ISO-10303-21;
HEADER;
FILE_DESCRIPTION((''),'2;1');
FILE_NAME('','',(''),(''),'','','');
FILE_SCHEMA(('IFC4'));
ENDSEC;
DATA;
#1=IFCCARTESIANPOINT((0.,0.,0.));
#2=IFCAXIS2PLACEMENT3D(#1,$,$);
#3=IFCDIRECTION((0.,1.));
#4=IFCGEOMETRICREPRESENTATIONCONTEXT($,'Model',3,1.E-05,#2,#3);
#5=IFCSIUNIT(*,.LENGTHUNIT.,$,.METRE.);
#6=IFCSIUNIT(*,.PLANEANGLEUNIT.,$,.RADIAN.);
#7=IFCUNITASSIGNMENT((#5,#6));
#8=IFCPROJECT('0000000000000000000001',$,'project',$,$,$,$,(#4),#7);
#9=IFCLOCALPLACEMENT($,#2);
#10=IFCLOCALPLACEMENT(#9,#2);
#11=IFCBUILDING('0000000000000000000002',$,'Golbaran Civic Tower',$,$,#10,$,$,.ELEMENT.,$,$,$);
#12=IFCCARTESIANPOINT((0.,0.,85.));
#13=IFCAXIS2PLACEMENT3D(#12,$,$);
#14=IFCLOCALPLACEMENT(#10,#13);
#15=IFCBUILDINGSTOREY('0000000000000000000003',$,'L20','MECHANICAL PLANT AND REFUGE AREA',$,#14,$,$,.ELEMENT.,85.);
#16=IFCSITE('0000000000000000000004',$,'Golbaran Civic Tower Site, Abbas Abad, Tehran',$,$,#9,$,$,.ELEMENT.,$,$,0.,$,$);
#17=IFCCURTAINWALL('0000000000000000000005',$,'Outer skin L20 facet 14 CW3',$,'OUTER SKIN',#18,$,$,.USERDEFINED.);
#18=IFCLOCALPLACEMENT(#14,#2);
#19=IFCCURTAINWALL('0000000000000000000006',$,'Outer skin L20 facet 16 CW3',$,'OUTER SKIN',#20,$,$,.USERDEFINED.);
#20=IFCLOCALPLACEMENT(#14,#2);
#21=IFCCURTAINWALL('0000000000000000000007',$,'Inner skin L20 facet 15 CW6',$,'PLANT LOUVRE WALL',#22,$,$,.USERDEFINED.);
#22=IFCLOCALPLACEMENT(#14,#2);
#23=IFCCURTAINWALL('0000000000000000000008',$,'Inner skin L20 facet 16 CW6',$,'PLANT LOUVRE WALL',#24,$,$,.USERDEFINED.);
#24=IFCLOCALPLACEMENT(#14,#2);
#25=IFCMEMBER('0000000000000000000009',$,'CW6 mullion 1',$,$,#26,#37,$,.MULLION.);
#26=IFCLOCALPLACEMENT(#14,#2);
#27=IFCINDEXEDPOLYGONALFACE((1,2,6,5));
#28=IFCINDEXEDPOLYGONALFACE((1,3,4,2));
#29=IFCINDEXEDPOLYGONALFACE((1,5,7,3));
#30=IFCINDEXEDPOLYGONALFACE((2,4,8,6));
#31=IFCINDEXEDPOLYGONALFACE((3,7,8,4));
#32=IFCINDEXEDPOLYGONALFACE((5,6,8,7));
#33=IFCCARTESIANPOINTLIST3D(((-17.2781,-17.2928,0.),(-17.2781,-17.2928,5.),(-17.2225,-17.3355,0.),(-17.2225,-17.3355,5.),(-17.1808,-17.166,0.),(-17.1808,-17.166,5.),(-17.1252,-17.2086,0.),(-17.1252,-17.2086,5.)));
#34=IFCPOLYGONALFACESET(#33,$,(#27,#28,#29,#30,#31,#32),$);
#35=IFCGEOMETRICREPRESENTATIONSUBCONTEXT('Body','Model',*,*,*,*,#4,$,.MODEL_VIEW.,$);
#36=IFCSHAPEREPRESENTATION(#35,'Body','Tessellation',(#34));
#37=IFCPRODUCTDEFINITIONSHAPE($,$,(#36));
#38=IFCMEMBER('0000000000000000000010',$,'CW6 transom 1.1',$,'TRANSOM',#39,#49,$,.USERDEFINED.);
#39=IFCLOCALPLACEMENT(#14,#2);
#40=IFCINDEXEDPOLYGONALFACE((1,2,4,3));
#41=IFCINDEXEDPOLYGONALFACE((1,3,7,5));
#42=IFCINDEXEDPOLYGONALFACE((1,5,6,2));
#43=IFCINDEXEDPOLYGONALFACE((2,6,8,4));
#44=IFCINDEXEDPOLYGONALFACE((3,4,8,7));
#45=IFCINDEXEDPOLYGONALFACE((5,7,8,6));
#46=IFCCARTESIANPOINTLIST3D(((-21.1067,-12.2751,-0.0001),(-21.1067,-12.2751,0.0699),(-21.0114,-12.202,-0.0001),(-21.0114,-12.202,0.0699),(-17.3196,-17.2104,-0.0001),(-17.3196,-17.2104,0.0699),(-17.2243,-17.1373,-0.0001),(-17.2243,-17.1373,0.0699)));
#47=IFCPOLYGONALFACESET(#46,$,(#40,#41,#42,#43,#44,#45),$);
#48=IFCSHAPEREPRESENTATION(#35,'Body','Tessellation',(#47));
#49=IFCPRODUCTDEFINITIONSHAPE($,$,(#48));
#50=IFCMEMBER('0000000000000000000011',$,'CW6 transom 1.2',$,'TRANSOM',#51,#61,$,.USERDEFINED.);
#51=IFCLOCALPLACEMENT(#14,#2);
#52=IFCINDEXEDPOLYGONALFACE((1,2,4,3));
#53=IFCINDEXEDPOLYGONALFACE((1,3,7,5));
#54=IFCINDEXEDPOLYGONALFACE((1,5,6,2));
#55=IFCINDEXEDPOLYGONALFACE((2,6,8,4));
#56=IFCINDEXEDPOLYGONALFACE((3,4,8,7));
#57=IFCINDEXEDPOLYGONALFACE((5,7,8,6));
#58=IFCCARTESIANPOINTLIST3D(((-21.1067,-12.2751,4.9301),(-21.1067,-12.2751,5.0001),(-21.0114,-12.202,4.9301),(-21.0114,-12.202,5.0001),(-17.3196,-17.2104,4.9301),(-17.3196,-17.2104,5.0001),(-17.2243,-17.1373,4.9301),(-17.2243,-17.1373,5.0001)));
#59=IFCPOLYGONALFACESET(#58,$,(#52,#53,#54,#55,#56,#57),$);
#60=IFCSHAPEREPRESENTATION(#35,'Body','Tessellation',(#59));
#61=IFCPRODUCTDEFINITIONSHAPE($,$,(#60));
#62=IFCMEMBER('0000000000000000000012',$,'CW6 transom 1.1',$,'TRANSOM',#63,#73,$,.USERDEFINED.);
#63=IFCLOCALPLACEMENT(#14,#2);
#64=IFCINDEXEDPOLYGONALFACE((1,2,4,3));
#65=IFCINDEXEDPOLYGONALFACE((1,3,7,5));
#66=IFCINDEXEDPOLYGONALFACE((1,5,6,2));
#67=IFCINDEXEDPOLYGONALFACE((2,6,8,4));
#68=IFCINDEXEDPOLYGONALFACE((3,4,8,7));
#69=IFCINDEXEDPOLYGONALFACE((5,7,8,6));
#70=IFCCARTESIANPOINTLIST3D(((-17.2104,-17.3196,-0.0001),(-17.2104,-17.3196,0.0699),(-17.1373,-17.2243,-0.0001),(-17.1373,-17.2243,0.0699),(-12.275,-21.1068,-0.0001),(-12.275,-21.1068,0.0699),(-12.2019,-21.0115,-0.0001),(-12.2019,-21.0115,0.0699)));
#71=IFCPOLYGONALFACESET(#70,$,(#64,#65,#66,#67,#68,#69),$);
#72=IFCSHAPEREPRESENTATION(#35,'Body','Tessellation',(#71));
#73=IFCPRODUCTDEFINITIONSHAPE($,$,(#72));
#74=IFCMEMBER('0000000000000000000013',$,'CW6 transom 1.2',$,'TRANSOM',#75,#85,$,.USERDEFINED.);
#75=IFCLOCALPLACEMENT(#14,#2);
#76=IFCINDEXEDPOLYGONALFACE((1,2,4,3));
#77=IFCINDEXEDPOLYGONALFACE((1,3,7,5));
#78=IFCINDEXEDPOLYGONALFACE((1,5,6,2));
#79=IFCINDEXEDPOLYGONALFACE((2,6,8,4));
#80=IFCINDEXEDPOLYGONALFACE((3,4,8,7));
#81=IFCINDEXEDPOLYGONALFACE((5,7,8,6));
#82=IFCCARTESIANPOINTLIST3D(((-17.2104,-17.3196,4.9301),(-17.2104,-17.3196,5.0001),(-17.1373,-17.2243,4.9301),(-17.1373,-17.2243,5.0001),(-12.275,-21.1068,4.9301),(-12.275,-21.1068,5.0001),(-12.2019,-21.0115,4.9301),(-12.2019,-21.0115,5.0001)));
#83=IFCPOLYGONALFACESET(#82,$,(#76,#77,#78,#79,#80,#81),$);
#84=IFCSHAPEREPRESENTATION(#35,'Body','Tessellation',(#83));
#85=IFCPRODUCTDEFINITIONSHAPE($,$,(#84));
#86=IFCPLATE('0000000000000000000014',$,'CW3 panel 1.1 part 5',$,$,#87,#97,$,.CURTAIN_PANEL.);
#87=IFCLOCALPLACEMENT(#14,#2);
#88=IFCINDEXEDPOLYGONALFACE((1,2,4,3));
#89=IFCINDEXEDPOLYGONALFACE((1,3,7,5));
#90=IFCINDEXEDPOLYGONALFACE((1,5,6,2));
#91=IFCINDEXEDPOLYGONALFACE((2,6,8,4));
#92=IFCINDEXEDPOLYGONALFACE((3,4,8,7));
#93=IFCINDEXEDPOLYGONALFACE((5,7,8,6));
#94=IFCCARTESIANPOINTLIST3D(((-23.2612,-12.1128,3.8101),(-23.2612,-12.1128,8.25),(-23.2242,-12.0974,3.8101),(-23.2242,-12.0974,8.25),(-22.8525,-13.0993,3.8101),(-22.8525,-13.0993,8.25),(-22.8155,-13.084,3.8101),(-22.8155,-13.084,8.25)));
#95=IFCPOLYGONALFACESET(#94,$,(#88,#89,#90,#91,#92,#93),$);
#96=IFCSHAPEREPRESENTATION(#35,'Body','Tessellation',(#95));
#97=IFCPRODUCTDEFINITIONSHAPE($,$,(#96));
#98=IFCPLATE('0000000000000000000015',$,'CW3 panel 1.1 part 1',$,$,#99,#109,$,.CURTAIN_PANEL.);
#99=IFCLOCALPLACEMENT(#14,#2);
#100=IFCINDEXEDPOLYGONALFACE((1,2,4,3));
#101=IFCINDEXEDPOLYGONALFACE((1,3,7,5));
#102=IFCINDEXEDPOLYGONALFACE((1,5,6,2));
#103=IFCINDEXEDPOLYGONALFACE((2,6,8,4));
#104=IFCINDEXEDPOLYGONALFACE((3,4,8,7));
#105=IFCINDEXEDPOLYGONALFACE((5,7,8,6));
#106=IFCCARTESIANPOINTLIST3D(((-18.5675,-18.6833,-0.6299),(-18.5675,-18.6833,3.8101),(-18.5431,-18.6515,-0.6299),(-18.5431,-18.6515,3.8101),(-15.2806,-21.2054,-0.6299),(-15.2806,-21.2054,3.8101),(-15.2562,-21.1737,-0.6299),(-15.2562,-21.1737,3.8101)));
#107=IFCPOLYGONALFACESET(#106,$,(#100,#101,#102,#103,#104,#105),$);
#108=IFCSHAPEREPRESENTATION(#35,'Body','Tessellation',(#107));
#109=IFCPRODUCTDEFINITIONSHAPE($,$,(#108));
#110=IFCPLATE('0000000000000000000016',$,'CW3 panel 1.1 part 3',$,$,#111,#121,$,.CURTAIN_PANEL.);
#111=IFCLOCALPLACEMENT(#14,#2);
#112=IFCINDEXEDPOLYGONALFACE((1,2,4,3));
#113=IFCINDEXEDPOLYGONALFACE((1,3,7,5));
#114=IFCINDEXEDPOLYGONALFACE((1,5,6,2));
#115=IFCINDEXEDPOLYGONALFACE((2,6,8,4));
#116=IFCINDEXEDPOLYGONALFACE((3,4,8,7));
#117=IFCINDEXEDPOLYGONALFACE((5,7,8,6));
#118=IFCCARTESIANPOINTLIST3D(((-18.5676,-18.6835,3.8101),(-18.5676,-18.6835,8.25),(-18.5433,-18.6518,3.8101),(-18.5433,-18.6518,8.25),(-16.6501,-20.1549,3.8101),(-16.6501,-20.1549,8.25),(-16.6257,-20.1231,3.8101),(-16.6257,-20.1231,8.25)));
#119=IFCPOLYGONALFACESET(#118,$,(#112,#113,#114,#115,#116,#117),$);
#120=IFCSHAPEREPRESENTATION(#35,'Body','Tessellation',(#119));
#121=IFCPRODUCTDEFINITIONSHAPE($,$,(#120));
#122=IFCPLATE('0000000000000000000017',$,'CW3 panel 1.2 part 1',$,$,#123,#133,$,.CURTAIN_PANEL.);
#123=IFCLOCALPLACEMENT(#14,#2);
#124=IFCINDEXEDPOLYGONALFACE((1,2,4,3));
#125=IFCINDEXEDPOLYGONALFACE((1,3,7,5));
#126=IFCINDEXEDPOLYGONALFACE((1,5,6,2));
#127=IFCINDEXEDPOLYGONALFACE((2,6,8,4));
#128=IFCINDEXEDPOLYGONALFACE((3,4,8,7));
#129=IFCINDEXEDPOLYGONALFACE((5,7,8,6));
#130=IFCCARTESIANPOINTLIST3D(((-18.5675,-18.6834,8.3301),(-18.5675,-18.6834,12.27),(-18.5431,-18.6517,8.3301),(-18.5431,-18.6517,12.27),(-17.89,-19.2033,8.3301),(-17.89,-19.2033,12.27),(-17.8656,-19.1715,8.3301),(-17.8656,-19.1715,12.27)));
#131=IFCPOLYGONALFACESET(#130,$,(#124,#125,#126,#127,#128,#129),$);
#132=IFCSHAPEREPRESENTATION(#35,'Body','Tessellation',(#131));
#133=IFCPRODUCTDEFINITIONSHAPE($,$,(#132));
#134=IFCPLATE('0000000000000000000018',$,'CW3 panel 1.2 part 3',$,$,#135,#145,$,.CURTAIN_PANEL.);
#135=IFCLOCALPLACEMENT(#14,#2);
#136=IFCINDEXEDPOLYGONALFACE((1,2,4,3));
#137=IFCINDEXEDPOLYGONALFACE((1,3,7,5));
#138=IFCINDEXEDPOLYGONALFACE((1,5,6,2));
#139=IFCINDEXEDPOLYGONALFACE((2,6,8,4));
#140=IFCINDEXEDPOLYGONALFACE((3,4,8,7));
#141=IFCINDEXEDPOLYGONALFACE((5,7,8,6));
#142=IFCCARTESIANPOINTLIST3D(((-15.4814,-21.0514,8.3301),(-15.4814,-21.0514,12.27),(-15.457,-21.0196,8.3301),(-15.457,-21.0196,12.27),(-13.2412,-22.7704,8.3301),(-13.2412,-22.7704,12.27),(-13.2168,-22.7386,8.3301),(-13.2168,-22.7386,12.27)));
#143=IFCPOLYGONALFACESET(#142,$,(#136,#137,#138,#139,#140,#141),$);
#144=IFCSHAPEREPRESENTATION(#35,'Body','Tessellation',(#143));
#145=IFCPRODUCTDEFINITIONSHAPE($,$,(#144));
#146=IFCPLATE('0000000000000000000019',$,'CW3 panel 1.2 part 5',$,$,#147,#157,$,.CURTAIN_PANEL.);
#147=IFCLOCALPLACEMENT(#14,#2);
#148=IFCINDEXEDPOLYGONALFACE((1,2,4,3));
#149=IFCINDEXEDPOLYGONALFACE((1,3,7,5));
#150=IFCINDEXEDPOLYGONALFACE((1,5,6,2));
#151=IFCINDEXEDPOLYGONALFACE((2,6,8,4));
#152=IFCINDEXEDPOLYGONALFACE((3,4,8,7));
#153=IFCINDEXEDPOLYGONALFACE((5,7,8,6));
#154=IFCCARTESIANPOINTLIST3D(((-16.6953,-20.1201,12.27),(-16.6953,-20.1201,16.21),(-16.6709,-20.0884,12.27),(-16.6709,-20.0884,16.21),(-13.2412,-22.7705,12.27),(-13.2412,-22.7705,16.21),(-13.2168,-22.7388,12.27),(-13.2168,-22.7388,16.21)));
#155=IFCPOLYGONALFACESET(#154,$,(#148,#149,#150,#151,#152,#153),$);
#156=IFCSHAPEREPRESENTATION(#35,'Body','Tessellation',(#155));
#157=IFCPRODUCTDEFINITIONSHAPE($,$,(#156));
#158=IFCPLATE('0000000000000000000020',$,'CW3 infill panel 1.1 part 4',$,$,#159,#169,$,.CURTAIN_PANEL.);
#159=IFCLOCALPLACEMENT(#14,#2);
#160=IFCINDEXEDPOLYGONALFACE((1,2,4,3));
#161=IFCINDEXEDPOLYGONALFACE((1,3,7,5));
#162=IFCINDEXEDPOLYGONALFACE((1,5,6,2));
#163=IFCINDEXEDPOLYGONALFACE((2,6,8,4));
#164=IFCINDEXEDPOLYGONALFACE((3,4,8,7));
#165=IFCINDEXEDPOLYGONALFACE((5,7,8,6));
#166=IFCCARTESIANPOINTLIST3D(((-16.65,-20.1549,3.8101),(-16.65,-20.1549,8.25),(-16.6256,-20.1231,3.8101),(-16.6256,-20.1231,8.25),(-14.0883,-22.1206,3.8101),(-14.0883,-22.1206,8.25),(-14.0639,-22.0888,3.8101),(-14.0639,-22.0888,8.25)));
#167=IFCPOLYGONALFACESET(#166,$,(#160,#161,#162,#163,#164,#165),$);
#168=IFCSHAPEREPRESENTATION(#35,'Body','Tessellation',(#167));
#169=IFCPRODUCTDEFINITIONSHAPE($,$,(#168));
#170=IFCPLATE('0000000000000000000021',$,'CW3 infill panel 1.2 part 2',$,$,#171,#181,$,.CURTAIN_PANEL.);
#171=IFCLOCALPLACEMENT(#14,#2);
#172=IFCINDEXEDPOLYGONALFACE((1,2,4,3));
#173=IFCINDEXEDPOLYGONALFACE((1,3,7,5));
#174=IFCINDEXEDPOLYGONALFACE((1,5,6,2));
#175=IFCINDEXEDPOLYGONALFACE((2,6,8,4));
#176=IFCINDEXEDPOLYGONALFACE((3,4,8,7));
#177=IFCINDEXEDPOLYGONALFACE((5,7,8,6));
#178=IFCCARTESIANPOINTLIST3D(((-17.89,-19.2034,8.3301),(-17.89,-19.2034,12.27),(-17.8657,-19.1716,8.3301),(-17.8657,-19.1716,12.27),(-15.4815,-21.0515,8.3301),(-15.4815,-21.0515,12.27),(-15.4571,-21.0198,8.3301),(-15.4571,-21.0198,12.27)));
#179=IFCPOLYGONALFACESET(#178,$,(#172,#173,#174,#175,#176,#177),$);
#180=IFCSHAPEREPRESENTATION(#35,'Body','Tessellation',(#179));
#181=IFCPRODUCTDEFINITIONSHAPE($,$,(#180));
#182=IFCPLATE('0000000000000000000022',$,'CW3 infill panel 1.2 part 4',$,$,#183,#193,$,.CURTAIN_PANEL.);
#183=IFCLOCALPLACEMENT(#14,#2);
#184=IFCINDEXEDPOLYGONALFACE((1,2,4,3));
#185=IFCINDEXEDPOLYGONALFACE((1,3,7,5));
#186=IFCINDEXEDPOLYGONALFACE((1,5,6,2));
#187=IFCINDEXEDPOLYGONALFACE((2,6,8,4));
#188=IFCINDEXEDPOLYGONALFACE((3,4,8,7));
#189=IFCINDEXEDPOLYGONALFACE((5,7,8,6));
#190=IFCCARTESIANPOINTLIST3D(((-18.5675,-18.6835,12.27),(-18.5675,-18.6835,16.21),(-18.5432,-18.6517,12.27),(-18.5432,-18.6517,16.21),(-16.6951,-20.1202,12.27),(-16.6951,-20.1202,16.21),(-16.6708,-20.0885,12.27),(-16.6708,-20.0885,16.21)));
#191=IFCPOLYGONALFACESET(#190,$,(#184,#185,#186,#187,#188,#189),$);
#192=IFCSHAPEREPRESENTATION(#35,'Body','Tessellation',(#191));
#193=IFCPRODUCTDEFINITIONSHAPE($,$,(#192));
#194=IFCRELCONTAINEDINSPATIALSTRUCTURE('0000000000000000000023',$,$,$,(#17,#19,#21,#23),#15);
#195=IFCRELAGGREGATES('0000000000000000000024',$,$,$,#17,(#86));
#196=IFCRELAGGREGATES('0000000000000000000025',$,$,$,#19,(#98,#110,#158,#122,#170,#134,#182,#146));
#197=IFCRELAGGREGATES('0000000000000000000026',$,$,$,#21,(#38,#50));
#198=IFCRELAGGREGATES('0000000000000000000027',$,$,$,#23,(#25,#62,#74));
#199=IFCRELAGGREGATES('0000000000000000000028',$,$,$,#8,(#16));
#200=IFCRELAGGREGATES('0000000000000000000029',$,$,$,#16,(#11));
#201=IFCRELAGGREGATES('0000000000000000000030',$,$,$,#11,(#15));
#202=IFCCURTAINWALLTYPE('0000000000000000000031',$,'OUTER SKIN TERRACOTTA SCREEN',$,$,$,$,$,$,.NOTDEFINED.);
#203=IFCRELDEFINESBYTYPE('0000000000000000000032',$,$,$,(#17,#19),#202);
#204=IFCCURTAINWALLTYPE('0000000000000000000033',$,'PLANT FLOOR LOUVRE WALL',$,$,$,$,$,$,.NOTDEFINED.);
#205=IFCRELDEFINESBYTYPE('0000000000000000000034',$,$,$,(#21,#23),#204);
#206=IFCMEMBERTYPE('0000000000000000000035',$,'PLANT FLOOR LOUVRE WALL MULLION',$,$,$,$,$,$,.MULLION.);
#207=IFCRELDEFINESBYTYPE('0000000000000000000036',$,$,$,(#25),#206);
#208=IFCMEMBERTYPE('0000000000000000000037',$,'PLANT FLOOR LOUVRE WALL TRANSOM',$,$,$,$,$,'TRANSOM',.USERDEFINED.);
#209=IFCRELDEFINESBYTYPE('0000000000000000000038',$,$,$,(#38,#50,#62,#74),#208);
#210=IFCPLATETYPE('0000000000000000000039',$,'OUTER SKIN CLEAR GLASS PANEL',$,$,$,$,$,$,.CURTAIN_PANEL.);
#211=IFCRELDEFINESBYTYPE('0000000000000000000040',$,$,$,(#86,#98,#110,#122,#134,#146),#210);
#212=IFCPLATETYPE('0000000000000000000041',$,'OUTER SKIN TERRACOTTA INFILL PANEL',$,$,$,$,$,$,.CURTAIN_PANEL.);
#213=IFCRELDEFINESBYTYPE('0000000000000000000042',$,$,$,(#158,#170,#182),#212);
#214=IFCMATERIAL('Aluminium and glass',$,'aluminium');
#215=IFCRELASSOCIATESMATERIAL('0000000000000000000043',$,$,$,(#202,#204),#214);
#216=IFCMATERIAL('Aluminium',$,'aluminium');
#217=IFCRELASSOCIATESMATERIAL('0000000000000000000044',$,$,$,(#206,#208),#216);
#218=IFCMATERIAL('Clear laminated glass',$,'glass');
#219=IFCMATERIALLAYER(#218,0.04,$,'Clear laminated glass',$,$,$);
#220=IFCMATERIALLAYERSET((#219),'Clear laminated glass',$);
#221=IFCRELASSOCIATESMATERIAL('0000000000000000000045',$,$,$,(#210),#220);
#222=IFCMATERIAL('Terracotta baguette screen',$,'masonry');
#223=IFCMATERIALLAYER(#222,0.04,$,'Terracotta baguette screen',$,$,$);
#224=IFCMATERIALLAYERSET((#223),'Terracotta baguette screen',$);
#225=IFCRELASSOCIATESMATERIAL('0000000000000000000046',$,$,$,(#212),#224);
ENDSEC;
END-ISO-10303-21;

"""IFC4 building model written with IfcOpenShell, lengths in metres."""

from ifc_helpers import new_model, si_unit, direction, frame, origin, origin_2d, place, context, subcontext, project, spatial, rectangle, extrude, material, layer, layer_set, material_profile, profile_set, type_object, element, aggregate, save


model = new_model("IFC4")

# Units and contexts
model_context = context("Model", 3, precision=1e-05, world=origin(), true_north=direction((0.0, 1.0)))
body_context = subcontext(model_context, "Body", "Model", "MODEL_VIEW")
ifc_project = project(units=[si_unit("LENGTHUNIT", "METRE"), si_unit("PLANEANGLEUNIT", "RADIAN")], contexts=[model_context])

# Site, building, storey
site_placement = place(None, origin())
site = spatial("IfcSite", under=ifc_project, at=site_placement, Name="Golbaran Civic Tower Site, Abbas Abad, Tehran", CompositionType="ELEMENT", RefElevation=0.0)
building_placement = place(site_placement, origin())
building = spatial("IfcBuilding", under=site, at=building_placement, Name="Golbaran Civic Tower", CompositionType="ELEMENT")
storey_placement = place(building_placement, frame((0.0, 0.0, 85.0)))
storey = spatial("IfcBuildingStorey", under=building, at=storey_placement, Name="L20", Description="MECHANICAL PLANT AND REFUGE AREA", CompositionType="ELEMENT", Elevation=85.0)

# Curtain wall
ifc_material_1 = material(Name="Aluminium and glass", Category="aluminium")
curtain_wall_type_1 = type_object("IfcCurtainWallType", Name="OUTER SKIN TERRACOTTA SCREEN", PredefinedType="NOTDEFINED", material=ifc_material_1)
curtain_wall_1_placement = place(storey_placement, origin())
curtain_wall_1 = element("IfcCurtainWall", 1, at=curtain_wall_1_placement, inside=storey, type_object=curtain_wall_type_1, Name="Outer skin L20 facet 14 CW3", ObjectType="OUTER SKIN", PredefinedType="USERDEFINED")
ifc_material_2 = material(Name="Aluminium", Category="aluminium")

# Curtain wall
curtain_wall_2_placement = place(storey_placement, origin())
curtain_wall_2 = element("IfcCurtainWall", 2, at=curtain_wall_2_placement, inside=storey, type_object=curtain_wall_type_1, Name="Outer skin L20 facet 16 CW3", ObjectType="OUTER SKIN", PredefinedType="USERDEFINED")

# Shared definitions
curtain_wall_type_2 = type_object("IfcCurtainWallType", Name="PLANT FLOOR LOUVRE WALL", PredefinedType="NOTDEFINED", material=ifc_material_1)
ifc_material_profile_1 = material_profile(ifc_material_2, rectangle(XDim=0.1599, YDim=0.0701, at=origin_2d()), Name="PLANT FLOOR LOUVRE WALL MULLION")
ifc_profile_set_1 = profile_set([ifc_material_profile_1], Name="Aluminium")
member_type_1 = type_object("IfcMemberType", Name="PLANT FLOOR LOUVRE WALL MULLION", PredefinedType="MULLION", material=ifc_profile_set_1)

# Curtain wall
curtain_wall_3_placement = place(storey_placement, origin())
curtain_wall_3 = element("IfcCurtainWall", 3, at=curtain_wall_3_placement, inside=storey, type_object=curtain_wall_type_2, Name="Inner skin L20 facet 15 CW6", ObjectType="PLANT LOUVRE WALL", PredefinedType="USERDEFINED")

# Curtain wall, member
curtain_wall_4_placement = place(storey_placement, origin())
curtain_wall_4 = element("IfcCurtainWall", 4, at=curtain_wall_4_placement, inside=storey, type_object=curtain_wall_type_2, Name="Inner skin L20 facet 16 CW6", ObjectType="PLANT LOUVRE WALL", PredefinedType="USERDEFINED")
member_1_placement = place(storey_placement, frame((-17.2017, -17.2507, 0.0), z_axis=(0.0, 0.0, 1.0), x_axis=(0.608761, 0.793353, 0.0)))
member_1 = element("IfcMember", 5, at=member_1_placement, type_object=member_type_1, Name="CW6 mullion 1", PredefinedType="MULLION", context=body_context, shape_type="SweptSolid", body=[
    extrude(rectangle(XDim=0.1599, YDim=0.0701, at=origin_2d()), origin(), (0.0, 0.0, 1.0), 5.0),
])

# Members
ifc_material_profile_2 = material_profile(ifc_material_2, rectangle(XDim=0.1201, YDim=0.0701, at=origin_2d()), Name="PLANT FLOOR LOUVRE WALL TRANSOM")
ifc_profile_set_2 = profile_set([ifc_material_profile_2], Name="Aluminium")
member_type_2 = type_object("IfcMemberType", Name="PLANT FLOOR LOUVRE WALL TRANSOM", ElementType="TRANSOM", PredefinedType="USERDEFINED", material=ifc_profile_set_2)
member_2_placement = place(storey_placement, frame((-21.0591, -12.2385, 0.0349), z_axis=(0.608773, -0.793344, 0.0), x_axis=(0.793344, 0.608773, 0.0)))
member_2 = element("IfcMember", 6, at=member_2_placement, type_object=member_type_2, Name="CW6 transom 1.1", ObjectType="TRANSOM", PredefinedType="USERDEFINED", context=body_context, shape_type="SweptSolid", body=[
    extrude(rectangle(XDim=0.1201, YDim=0.0701, at=origin_2d()), origin(), (0.0, 0.0, 1.0), 6.2209),
])
member_3_placement = place(storey_placement, frame((-21.0591, -12.2385, 4.9651), z_axis=(0.608773, -0.793344, 0.0), x_axis=(0.793344, 0.608773, 0.0)))
member_3 = element("IfcMember", 7, at=member_3_placement, type_object=member_type_2, Name="CW6 transom 1.2", ObjectType="TRANSOM", PredefinedType="USERDEFINED", context=body_context, shape_type="SweptSolid", body=[
    extrude(rectangle(XDim=0.1201, YDim=0.0701, at=origin_2d()), origin(), (0.0, 0.0, 1.0), 6.2209),
])
member_4_placement = place(storey_placement, frame((-17.1738, -17.272, 0.0349), z_axis=(0.793344, -0.608773, 0.0), x_axis=(0.608773, 0.793344, 0.0)))
member_4 = element("IfcMember", 8, at=member_4_placement, type_object=member_type_2, Name="CW6 transom 1.1", ObjectType="TRANSOM", PredefinedType="USERDEFINED", context=body_context, shape_type="SweptSolid", body=[
    extrude(rectangle(XDim=0.1201, YDim=0.0701, at=origin_2d()), origin(), (0.0, 0.0, 1.0), 6.2209),
])
member_5_placement = place(storey_placement, frame((-17.1738, -17.272, 4.9651), z_axis=(0.793344, -0.608773, 0.0), x_axis=(0.608773, 0.793344, 0.0)))
member_5 = element("IfcMember", 9, at=member_5_placement, type_object=member_type_2, Name="CW6 transom 1.2", ObjectType="TRANSOM", PredefinedType="USERDEFINED", context=body_context, shape_type="SweptSolid", body=[
    extrude(rectangle(XDim=0.1201, YDim=0.0701, at=origin_2d()), origin(), (0.0, 0.0, 1.0), 6.2209),
])

# Plates
ifc_material_3 = material(Name="Clear laminated glass", Category="glass")
ifc_layer_1 = layer(ifc_material_3, 0.04, Name="Clear laminated glass")
ifc_layer_set_1 = layer_set([ifc_layer_1], Name="Clear laminated glass")
plate_type_1 = type_object("IfcPlateType", Name="OUTER SKIN CLEAR GLASS PANEL", PredefinedType="CURTAIN_PANEL", material=ifc_layer_set_1)
plate_1_placement = place(storey_placement, frame((-23.0383, -12.5984, 3.8101), z_axis=(0.0, 0.0, 1.0), x_axis=(0.382683, -0.92388, 0.0)))
plate_1 = element("IfcPlate", 10, at=plate_1_placement, type_object=plate_type_1, Name="CW3 panel 1.1 part 5", PredefinedType="CURTAIN_PANEL", context=body_context, shape_type="SweptSolid", body=[
    extrude(rectangle(XDim=1.0679, YDim=0.04, at=origin_2d()), origin(), (0.0, 0.0, 1.0), 4.4399),
])
aggregate(curtain_wall_1, [plate_1])
plate_2_placement = place(storey_placement, frame((-16.9119, -19.9285, -0.6299), z_axis=(0.0, 0.0, 1.0), x_axis=(0.793353, -0.608761, 0.0)))
plate_2 = element("IfcPlate", 11, at=plate_2_placement, type_object=plate_type_1, Name="CW3 panel 1.1 part 1", PredefinedType="CURTAIN_PANEL", context=body_context, shape_type="SweptSolid", body=[
    extrude(rectangle(XDim=4.1431, YDim=0.04, at=origin_2d()), origin(), (0.0, 0.0, 1.0), 4.4399),
])
plate_3_placement = place(storey_placement, frame((-17.5967, -19.4033, 3.8101), z_axis=(0.0, 0.0, 1.0), x_axis=(0.793353, -0.608761, 0.0)))
plate_3 = element("IfcPlate", 12, at=plate_3_placement, type_object=plate_type_1, Name="CW3 panel 1.1 part 3", PredefinedType="CURTAIN_PANEL", context=body_context, shape_type="SweptSolid", body=[
    extrude(rectangle(XDim=2.417, YDim=0.04, at=origin_2d()), origin(), (0.0, 0.0, 1.0), 4.4399),
])
plate_4_placement = place(storey_placement, frame((-18.2166, -18.9275, 8.3301), z_axis=(0.0, 0.0, 1.0), x_axis=(0.793353, -0.608761, 0.0)))
plate_4 = element("IfcPlate", 13, at=plate_4_placement, type_object=plate_type_1, Name="CW3 panel 1.2 part 1", PredefinedType="CURTAIN_PANEL", context=body_context, shape_type="SweptSolid", body=[
    extrude(rectangle(XDim=0.854, YDim=0.04, at=origin_2d()), origin(), (0.0, 0.0, 1.0), 3.9399),
])
plate_5_placement = place(storey_placement, frame((-14.3491, -21.895, 8.3301), z_axis=(0.0, 0.0, 1.0), x_axis=(0.793353, -0.608761, 0.0)))
plate_5 = element("IfcPlate", 14, at=plate_5_placement, type_object=plate_type_1, Name="CW3 panel 1.2 part 3", PredefinedType="CURTAIN_PANEL", context=body_context, shape_type="SweptSolid", body=[
    extrude(rectangle(XDim=2.8237, YDim=0.04, at=origin_2d()), origin(), (0.0, 0.0, 1.0), 3.9399),
])
plate_6_placement = place(storey_placement, frame((-14.9561, -21.4294, 12.27), z_axis=(0.0, 0.0, 1.0), x_axis=(0.793353, -0.608761, 0.0)))
plate_6 = element("IfcPlate", 15, at=plate_6_placement, type_object=plate_type_1, Name="CW3 panel 1.2 part 5", PredefinedType="CURTAIN_PANEL", context=body_context, shape_type="SweptSolid", body=[
    extrude(rectangle(XDim=4.3538, YDim=0.04, at=origin_2d()), origin(), (0.0, 0.0, 1.0), 3.9399),
])
ifc_material_4 = material(Name="Terracotta baguette screen", Category="masonry")
ifc_layer_2 = layer(ifc_material_4, 0.04, Name="Terracotta baguette screen")
ifc_layer_set_2 = layer_set([ifc_layer_2], Name="Terracotta baguette screen")
plate_type_2 = type_object("IfcPlateType", Name="OUTER SKIN TERRACOTTA INFILL PANEL", PredefinedType="CURTAIN_PANEL", material=ifc_layer_set_2)
plate_7_placement = place(storey_placement, frame((-15.3569, -21.1218, 3.8101), z_axis=(0.0, 0.0, 1.0), x_axis=(0.793353, -0.608761, 0.0)))
plate_7 = element("IfcPlate", 16, at=plate_7_placement, type_object=plate_type_2, Name="CW3 infill panel 1.1 part 4", PredefinedType="CURTAIN_PANEL", context=body_context, shape_type="SweptSolid", body=[
    extrude(rectangle(XDim=3.229, YDim=0.04, at=origin_2d()), origin(), (0.0, 0.0, 1.0), 4.4399),
])
plate_8_placement = place(storey_placement, frame((-16.6736, -20.1116, 8.3301), z_axis=(0.0, 0.0, 1.0), x_axis=(0.793353, -0.608761, 0.0)))
plate_8 = element("IfcPlate", 17, at=plate_8_placement, type_object=plate_type_2, Name="CW3 infill panel 1.2 part 2", PredefinedType="CURTAIN_PANEL", context=body_context, shape_type="SweptSolid", body=[
    extrude(rectangle(XDim=3.0359, YDim=0.04, at=origin_2d()), origin(), (0.0, 0.0, 1.0), 3.9399),
])
plate_9_placement = place(storey_placement, frame((-17.6191, -19.386, 12.27), z_axis=(0.0, 0.0, 1.0), x_axis=(0.793353, -0.608761, 0.0)))
plate_9 = element("IfcPlate", 18, at=plate_9_placement, type_object=plate_type_2, Name="CW3 infill panel 1.2 part 4", PredefinedType="CURTAIN_PANEL", context=body_context, shape_type="SweptSolid", body=[
    extrude(rectangle(XDim=2.3601, YDim=0.04, at=origin_2d()), origin(), (0.0, 0.0, 1.0), 3.9399),
])
aggregate(curtain_wall_2, [plate_2, plate_3, plate_7, plate_4, plate_8, plate_5, plate_9, plate_6])
aggregate(curtain_wall_3, [member_2, member_3])
aggregate(curtain_wall_4, [member_1, member_4, member_5])

save(model, "model.ifc")
